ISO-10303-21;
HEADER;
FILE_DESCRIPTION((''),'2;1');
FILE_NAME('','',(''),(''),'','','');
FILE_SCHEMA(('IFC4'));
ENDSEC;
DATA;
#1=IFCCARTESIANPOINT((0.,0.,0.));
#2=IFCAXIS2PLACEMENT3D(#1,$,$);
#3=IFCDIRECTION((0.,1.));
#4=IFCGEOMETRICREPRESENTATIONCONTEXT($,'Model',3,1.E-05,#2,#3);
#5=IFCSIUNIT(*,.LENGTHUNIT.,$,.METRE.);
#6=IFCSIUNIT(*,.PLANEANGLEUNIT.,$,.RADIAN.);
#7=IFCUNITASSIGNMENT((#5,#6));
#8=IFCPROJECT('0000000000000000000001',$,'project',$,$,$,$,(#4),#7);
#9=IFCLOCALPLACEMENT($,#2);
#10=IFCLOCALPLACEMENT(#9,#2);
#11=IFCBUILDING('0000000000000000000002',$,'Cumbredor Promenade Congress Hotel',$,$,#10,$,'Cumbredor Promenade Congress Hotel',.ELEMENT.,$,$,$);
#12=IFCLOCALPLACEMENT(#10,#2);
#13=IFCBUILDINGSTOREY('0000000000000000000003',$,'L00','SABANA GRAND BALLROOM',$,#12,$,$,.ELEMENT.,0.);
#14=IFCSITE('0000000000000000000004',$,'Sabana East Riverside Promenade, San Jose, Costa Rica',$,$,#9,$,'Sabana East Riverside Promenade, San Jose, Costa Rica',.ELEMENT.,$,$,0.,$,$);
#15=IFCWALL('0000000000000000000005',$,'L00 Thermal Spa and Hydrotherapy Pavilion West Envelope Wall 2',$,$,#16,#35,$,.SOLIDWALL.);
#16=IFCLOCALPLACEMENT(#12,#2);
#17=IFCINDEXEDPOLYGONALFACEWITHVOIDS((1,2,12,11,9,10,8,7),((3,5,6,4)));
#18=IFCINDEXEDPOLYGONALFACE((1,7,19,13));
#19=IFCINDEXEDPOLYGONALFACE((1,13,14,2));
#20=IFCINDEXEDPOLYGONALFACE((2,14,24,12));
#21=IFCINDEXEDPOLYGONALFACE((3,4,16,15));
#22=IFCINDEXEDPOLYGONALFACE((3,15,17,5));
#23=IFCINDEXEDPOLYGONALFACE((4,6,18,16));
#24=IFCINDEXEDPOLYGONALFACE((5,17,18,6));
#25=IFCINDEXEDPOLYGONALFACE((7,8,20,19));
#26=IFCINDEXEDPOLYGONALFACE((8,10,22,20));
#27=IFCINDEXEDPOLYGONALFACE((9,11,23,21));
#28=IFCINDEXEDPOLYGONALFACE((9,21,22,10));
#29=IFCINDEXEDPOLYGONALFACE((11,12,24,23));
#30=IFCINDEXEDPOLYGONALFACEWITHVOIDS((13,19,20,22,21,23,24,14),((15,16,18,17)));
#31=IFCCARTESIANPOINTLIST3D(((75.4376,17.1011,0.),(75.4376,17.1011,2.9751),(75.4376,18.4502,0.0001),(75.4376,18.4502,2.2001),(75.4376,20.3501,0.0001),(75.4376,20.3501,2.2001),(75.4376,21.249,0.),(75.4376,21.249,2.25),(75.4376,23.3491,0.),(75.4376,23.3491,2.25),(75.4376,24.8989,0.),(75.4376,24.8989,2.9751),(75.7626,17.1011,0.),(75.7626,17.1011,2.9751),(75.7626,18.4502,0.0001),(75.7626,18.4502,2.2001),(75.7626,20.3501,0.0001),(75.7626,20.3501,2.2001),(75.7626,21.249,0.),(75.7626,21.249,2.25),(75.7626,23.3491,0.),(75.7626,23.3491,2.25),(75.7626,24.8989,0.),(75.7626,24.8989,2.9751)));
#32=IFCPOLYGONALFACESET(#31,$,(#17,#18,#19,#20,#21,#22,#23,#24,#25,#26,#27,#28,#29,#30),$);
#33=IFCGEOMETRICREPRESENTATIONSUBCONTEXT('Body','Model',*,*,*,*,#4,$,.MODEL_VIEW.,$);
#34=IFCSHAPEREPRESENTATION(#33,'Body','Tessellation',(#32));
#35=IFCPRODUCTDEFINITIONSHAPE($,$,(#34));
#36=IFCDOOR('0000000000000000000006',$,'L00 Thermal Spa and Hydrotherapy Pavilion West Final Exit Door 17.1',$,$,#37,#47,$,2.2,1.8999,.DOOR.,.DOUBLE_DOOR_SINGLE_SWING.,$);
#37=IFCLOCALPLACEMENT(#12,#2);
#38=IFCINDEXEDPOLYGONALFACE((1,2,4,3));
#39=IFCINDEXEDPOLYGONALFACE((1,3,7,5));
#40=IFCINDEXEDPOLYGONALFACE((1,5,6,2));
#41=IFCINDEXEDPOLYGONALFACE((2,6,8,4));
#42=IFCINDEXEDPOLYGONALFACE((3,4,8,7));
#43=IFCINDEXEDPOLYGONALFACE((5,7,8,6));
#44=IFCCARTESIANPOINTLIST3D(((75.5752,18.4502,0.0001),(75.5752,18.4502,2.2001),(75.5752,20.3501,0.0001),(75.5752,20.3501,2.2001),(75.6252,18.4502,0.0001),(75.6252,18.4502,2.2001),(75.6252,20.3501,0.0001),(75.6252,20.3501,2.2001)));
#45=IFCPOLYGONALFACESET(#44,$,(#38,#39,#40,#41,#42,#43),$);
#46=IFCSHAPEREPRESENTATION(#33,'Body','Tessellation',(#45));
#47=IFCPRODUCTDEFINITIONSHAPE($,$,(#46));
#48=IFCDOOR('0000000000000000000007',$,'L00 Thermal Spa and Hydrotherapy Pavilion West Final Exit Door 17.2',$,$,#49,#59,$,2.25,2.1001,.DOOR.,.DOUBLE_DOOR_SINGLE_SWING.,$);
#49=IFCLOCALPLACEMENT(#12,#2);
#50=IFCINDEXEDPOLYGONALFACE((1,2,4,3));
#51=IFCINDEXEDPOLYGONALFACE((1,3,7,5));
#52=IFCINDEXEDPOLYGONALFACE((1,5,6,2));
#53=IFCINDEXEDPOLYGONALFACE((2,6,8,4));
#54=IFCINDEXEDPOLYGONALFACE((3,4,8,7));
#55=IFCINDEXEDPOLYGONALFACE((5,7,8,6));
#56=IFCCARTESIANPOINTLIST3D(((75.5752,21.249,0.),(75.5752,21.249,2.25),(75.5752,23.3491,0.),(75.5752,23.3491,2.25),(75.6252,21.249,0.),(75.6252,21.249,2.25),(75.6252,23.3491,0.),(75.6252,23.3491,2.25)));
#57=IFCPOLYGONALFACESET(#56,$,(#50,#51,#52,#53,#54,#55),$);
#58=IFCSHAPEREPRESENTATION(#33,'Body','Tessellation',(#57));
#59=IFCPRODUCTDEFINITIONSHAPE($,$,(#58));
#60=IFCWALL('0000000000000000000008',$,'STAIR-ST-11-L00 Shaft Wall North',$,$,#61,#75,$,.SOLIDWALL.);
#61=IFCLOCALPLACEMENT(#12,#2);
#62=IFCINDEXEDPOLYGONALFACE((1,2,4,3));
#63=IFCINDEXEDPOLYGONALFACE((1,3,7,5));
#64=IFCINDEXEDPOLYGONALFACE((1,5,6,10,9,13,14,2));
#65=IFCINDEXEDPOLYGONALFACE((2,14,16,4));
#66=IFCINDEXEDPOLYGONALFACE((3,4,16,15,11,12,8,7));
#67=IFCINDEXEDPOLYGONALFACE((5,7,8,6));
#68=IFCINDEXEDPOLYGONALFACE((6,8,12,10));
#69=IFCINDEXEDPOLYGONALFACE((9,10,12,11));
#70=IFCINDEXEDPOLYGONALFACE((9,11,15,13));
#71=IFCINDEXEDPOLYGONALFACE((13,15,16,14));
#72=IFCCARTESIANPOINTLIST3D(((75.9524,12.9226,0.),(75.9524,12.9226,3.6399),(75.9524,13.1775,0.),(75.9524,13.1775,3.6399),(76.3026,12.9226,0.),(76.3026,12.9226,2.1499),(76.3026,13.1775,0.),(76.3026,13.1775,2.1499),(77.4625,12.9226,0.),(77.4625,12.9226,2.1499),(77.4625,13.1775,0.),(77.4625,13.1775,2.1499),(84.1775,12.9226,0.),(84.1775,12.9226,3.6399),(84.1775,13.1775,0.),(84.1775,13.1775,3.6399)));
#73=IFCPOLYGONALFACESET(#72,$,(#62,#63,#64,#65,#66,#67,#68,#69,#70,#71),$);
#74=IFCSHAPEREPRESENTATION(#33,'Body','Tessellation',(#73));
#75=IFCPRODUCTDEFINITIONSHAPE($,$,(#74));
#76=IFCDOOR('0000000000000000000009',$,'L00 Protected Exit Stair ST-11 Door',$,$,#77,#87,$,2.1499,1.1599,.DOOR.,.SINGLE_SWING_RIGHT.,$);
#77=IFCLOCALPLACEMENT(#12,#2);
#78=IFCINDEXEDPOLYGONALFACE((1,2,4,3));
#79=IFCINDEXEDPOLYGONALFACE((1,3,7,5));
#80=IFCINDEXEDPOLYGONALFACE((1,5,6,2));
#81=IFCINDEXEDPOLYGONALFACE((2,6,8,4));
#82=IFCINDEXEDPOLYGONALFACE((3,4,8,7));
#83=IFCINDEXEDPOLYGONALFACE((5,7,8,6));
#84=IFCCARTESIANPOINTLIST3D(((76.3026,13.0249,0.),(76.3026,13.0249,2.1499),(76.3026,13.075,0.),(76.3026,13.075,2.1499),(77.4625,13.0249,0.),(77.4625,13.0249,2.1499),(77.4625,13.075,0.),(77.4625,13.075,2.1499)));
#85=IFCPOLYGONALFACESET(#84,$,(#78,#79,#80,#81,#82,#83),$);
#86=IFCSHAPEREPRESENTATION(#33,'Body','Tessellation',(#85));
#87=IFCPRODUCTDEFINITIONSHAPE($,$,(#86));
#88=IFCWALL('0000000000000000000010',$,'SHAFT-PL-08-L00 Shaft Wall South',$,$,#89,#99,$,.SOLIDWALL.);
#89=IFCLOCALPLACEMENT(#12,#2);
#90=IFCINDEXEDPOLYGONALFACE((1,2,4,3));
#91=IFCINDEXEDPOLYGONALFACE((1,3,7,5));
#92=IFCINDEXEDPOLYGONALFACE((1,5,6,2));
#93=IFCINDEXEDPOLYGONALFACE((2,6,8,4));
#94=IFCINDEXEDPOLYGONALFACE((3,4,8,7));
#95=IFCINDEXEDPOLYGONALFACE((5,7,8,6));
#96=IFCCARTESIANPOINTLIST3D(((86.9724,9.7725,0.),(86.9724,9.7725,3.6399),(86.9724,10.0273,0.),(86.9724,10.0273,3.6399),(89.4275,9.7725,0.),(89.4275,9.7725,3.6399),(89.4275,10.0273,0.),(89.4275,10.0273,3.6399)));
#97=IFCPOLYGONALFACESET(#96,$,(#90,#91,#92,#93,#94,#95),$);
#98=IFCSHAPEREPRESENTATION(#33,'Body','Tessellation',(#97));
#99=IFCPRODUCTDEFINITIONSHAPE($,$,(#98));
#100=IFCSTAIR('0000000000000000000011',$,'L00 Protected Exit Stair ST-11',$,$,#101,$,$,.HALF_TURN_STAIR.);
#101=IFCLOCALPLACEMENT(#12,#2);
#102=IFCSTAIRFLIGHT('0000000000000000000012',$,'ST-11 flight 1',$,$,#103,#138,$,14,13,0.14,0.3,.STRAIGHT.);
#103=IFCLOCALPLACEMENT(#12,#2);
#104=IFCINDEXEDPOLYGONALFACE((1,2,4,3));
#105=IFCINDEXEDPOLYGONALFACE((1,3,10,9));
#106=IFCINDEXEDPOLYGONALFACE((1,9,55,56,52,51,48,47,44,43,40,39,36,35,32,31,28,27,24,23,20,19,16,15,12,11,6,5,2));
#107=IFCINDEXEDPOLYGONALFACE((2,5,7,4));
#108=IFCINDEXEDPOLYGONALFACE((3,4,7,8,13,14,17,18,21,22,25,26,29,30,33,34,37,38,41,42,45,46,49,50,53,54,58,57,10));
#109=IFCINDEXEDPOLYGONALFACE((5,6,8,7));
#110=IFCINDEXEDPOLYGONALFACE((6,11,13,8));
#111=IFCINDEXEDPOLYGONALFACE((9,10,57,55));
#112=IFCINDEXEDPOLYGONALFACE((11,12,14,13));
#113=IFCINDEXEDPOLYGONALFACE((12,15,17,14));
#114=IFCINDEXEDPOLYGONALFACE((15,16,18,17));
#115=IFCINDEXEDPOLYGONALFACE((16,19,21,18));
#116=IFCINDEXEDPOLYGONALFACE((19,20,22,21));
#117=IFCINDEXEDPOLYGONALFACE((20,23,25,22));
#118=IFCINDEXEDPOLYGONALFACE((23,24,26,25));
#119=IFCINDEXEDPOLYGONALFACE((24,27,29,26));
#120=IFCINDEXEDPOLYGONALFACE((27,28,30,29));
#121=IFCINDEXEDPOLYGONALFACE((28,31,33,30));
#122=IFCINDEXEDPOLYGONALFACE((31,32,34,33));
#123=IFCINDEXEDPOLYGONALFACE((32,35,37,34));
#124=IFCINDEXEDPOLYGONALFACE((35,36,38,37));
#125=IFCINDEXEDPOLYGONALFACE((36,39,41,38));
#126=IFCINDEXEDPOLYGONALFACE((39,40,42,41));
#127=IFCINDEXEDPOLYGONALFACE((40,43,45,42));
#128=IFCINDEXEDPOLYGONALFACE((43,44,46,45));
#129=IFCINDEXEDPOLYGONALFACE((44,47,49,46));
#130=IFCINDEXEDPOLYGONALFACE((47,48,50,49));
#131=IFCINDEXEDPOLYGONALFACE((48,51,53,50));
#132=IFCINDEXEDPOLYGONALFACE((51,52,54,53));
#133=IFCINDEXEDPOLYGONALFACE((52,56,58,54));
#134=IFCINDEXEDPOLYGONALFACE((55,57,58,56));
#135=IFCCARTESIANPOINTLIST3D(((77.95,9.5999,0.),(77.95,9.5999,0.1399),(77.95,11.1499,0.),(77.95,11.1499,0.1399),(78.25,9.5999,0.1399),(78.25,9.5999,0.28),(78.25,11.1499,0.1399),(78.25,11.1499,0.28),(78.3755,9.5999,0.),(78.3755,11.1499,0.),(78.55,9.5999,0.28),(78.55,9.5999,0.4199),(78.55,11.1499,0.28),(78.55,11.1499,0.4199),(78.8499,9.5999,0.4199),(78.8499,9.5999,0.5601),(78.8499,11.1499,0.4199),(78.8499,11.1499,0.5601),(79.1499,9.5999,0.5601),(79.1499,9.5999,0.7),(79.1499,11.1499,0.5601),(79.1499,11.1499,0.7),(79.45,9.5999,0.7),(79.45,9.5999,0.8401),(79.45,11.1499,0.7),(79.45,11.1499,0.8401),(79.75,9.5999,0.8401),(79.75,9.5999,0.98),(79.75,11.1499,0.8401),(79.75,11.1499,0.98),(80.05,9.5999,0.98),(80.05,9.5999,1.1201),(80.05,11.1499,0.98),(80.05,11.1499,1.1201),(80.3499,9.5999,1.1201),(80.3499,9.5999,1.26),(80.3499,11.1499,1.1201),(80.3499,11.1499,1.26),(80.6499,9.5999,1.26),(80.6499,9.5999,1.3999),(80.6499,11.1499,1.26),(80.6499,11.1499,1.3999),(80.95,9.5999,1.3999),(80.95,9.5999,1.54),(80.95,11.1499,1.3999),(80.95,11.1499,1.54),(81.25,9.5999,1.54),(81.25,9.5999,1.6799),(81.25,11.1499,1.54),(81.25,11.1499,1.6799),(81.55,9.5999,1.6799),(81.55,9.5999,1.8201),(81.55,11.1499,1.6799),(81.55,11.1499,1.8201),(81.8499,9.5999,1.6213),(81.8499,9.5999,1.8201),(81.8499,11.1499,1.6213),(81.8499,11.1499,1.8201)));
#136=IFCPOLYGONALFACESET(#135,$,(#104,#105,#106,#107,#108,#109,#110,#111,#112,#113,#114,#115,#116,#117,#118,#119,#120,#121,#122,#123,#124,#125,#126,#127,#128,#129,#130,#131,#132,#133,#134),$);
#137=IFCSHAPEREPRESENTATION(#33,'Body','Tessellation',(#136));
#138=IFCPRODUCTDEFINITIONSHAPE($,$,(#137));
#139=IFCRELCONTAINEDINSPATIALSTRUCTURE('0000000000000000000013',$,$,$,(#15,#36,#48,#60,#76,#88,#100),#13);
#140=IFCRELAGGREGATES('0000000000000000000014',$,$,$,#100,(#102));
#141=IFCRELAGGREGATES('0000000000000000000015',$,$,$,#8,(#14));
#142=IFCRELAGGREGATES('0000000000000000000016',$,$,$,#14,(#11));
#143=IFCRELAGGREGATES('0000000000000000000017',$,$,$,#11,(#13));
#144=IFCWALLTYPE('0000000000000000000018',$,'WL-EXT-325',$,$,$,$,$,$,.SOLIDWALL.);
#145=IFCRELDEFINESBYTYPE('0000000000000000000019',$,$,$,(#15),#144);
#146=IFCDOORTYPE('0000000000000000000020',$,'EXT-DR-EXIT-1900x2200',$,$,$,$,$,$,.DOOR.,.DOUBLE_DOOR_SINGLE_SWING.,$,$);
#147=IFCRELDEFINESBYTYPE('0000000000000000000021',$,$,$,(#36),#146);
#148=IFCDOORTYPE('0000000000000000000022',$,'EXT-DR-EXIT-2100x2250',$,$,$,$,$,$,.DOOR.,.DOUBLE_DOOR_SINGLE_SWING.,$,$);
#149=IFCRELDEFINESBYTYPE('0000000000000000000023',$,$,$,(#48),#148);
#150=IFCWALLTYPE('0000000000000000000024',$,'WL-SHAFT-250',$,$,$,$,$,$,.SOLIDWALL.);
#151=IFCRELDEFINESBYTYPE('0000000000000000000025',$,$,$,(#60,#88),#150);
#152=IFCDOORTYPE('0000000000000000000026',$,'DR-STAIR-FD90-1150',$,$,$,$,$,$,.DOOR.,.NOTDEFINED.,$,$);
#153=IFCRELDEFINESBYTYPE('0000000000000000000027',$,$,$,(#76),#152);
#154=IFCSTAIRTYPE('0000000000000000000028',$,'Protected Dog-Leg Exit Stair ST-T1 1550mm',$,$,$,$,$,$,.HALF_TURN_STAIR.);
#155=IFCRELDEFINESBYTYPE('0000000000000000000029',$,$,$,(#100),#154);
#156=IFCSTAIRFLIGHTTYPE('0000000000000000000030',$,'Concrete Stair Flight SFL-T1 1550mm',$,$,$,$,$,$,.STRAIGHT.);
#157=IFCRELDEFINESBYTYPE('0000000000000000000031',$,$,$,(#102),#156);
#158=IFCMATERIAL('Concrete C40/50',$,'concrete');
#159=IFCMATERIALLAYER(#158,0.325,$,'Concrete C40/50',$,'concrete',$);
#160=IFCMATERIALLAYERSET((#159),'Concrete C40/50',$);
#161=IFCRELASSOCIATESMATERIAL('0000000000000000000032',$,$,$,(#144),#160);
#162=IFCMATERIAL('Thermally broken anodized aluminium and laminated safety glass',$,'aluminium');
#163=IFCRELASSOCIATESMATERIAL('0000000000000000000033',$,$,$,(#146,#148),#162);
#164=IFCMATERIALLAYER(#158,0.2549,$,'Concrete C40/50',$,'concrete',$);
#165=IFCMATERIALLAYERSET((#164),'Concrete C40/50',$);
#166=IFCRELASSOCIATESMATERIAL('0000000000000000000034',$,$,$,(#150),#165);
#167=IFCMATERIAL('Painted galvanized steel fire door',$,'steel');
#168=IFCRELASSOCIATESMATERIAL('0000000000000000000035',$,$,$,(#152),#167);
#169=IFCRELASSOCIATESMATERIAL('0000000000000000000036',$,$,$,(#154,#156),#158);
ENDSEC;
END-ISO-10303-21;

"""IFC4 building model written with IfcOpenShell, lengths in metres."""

from ifc_helpers import new_model, si_unit, direction, frame, frame_2d, origin, place, context, subcontext, project, spatial, polyline, rectangle, outline, extrude, material, layer, layer_set, type_object, element, fill, aggregate, save


model = new_model("IFC4")

# Units and contexts
model_context = context("Model", 3, precision=1e-05, world=origin(), true_north=direction((0.0, 1.0)))
body_context = subcontext(model_context, "Body", "Model", "MODEL_VIEW")
ifc_project = project(units=[si_unit("LENGTHUNIT", "METRE"), si_unit("PLANEANGLEUNIT", "RADIAN")], contexts=[model_context])

# Site, building, storey
site_placement = place(None, origin())
site = spatial("IfcSite", under=ifc_project, at=site_placement, Name="Sabana East Riverside Promenade, San Jose, Costa Rica", LongName="Sabana East Riverside Promenade, San Jose, Costa Rica", CompositionType="ELEMENT", RefElevation=0.0)
building_placement = place(site_placement, origin())
building = spatial("IfcBuilding", under=site, at=building_placement, Name="Cumbredor Promenade Congress Hotel", LongName="Cumbredor Promenade Congress Hotel", CompositionType="ELEMENT")
storey_placement = place(building_placement, origin())
storey = spatial("IfcBuildingStorey", under=building, at=storey_placement, Name="L00", Description="SABANA GRAND BALLROOM", CompositionType="ELEMENT", Elevation=0.0)

# Shared definitions
ifc_material_1 = material(Name="Concrete C40/50", Category="concrete")

# Wall, openings, doors
ifc_layer_1 = layer(ifc_material_1, 0.325, Name="Concrete C40/50", Category="concrete")
ifc_layer_set_1 = layer_set([ifc_layer_1], Name="Concrete C40/50")
wall_type_1 = type_object("IfcWallType", Name="WL-EXT-325", PredefinedType="SOLIDWALL", material=ifc_layer_set_1)
wall_1_placement = place(storey_placement, frame((75.6001, 17.1011, 0.0), z_axis=(0.0, 0.0, 1.0), x_axis=(0.0, 1.0, 0.0)))
wall_1 = element("IfcWall", 1, at=wall_1_placement, inside=storey, type_object=wall_type_1, Name="L00 Thermal Spa and Hydrotherapy Pavilion West Envelope Wall 2", PredefinedType="SOLIDWALL", context=body_context, shape_type="SweptSolid", body=[
    extrude(rectangle(XDim=7.7979, YDim=0.325, at=frame_2d((3.8989, 0.0))), origin(), (0.0, 0.0, 1.0), 2.9751),
])
opening_1_placement = place(wall_1_placement, frame((1.3491, 0.0, 0.0)))
opening_1 = element("IfcOpeningElement", 2, at=opening_1_placement, cuts=wall_1, PredefinedType="OPENING", context=body_context, shape_type="SweptSolid", body=[
    extrude(rectangle(XDim=1.8999, YDim=2.2, at=frame_2d((0.95, 1.1001))), frame((0.0, 0.1724, 0.0), z_axis=(0.0, -1.0, 0.0), x_axis=(1.0, 0.0, 0.0)), (0.0, 0.0, 1.0), 0.345),
])
opening_2_placement = place(wall_1_placement, frame((4.1479, 0.0, 0.0)))
opening_2 = element("IfcOpeningElement", 3, at=opening_2_placement, cuts=wall_1, PredefinedType="OPENING", context=body_context, shape_type="SweptSolid", body=[
    extrude(rectangle(XDim=2.1001, YDim=2.25, at=frame_2d((1.05, 1.125))), frame((0.0, 0.1724, 0.0), z_axis=(0.0, -1.0, 0.0), x_axis=(1.0, 0.0, 0.0)), (0.0, 0.0, 1.0), 0.345),
])
ifc_material_2 = material(Name="Thermally broken anodized aluminium and laminated safety glass", Category="aluminium")
door_type_1 = type_object("IfcDoorType", Name="EXT-DR-EXIT-1900x2200", OperationType="DOUBLE_DOOR_SINGLE_SWING", PredefinedType="DOOR", material=ifc_material_2)
door_1_placement = place(opening_1_placement, origin())
door_1 = element("IfcDoor", 4, at=door_1_placement, inside=storey, type_object=door_type_1, Name="L00 Thermal Spa and Hydrotherapy Pavilion West Final Exit Door 17.1", OperationType="DOUBLE_DOOR_SINGLE_SWING", OverallHeight=2.2, OverallWidth=1.8999, PredefinedType="DOOR", context=body_context, shape_type="SweptSolid", body=[
    extrude(rectangle(XDim=1.8999, YDim=2.2, at=frame_2d((0.95, 1.1001))), frame((0.0, 0.0249, 0.0), z_axis=(0.0, -1.0, 0.0), x_axis=(1.0, 0.0, 0.0)), (0.0, 0.0, 1.0), 0.05),
])
fill(opening_1, door_1)
door_type_2 = type_object("IfcDoorType", Name="EXT-DR-EXIT-2100x2250", OperationType="DOUBLE_DOOR_SINGLE_SWING", PredefinedType="DOOR", material=ifc_material_2)
door_2_placement = place(opening_2_placement, origin())
door_2 = element("IfcDoor", 5, at=door_2_placement, inside=storey, type_object=door_type_2, Name="L00 Thermal Spa and Hydrotherapy Pavilion West Final Exit Door 17.2", OperationType="DOUBLE_DOOR_SINGLE_SWING", OverallHeight=2.25, OverallWidth=2.1001, PredefinedType="DOOR", context=body_context, shape_type="SweptSolid", body=[
    extrude(rectangle(XDim=2.1001, YDim=2.25, at=frame_2d((1.05, 1.125))), frame((0.0, 0.0249, 0.0), z_axis=(0.0, -1.0, 0.0), x_axis=(1.0, 0.0, 0.0)), (0.0, 0.0, 1.0), 0.05),
])
fill(opening_2, door_2)

# Wall, opening, door
ifc_layer_2 = layer(ifc_material_1, 0.2549, Name="Concrete C40/50", Category="concrete")
ifc_layer_set_2 = layer_set([ifc_layer_2], Name="Concrete C40/50")
wall_type_2 = type_object("IfcWallType", Name="WL-SHAFT-250", PredefinedType="SOLIDWALL", material=ifc_layer_set_2)
wall_2_placement = place(storey_placement, frame((75.9524, 13.05, 0.0), z_axis=(0.0, 0.0, 1.0), x_axis=(1.0, 0.0, 0.0)))
wall_2 = element("IfcWall", 6, at=wall_2_placement, inside=storey, type_object=wall_type_2, Name="STAIR-ST-11-L00 Shaft Wall North", PredefinedType="SOLIDWALL", context=body_context, shape_type="SweptSolid", body=[
    extrude(rectangle(XDim=8.2251, YDim=0.2549, at=frame_2d((4.1125, 0.0))), origin(), (0.0, 0.0, 1.0), 3.6399),
])
opening_3_placement = place(wall_2_placement, frame((0.3501, 0.0, 0.0)))
opening_3 = element("IfcOpeningElement", 7, at=opening_3_placement, cuts=wall_2, PredefinedType="OPENING", context=body_context, shape_type="SweptSolid", body=[
    extrude(rectangle(XDim=1.1599, YDim=2.1499, at=frame_2d((0.5801, 1.075))), frame((0.0, 0.1375, 0.0), z_axis=(0.0, -1.0, 0.0), x_axis=(1.0, 0.0, 0.0)), (0.0, 0.0, 1.0), 0.2749),
])
ifc_material_3 = material(Name="Painted galvanized steel fire door", Category="steel")
door_type_3 = type_object("IfcDoorType", Name="DR-STAIR-FD90-1150", OperationType="NOTDEFINED", PredefinedType="DOOR", material=ifc_material_3)
door_3_placement = place(opening_3_placement, origin())
door_3 = element("IfcDoor", 8, at=door_3_placement, inside=storey, type_object=door_type_3, Name="L00 Protected Exit Stair ST-11 Door", OperationType="SINGLE_SWING_RIGHT", OverallHeight=2.1499, OverallWidth=1.1599, PredefinedType="DOOR", context=body_context, shape_type="SweptSolid", body=[
    extrude(rectangle(XDim=1.1599, YDim=2.1499, at=frame_2d((0.5801, 1.075))), frame((0.0, 0.0249, 0.0), z_axis=(0.0, -1.0, 0.0), x_axis=(1.0, 0.0, 0.0)), (0.0, 0.0, 1.0), 0.05),
])
fill(opening_3, door_3)

# Wall
wall_3_placement = place(storey_placement, frame((86.9724, 9.8999, 0.0), z_axis=(0.0, 0.0, 1.0), x_axis=(1.0, 0.0, 0.0)))
element("IfcWall", 9, at=wall_3_placement, inside=storey, type_object=wall_type_2, Name="SHAFT-PL-08-L00 Shaft Wall South", PredefinedType="SOLIDWALL", context=body_context, shape_type="SweptSolid", body=[
    extrude(rectangle(XDim=2.4551, YDim=0.2549, at=frame_2d((1.2275, 0.0))), origin(), (0.0, 0.0, 1.0), 3.6399),
])

# Stair, stair flight
stair_type = type_object("IfcStairType", Name="Protected Dog-Leg Exit Stair ST-T1 1550mm", PredefinedType="HALF_TURN_STAIR", material=ifc_material_1)
stair_placement = place(storey_placement, origin())
stair = element("IfcStair", 10, at=stair_placement, inside=storey, type_object=stair_type, Name="L00 Protected Exit Stair ST-11", PredefinedType="HALF_TURN_STAIR")
stair_flight_type = type_object("IfcStairFlightType", Name="Concrete Stair Flight SFL-T1 1550mm", PredefinedType="STRAIGHT", material=ifc_material_1)
stair_flight_1_placement = place(storey_placement, frame((77.95, 10.375, 0.0), z_axis=(0.0, 0.0, 1.0), x_axis=(1.0, 0.0, 0.0)))
stair_flight_1 = element("IfcStairFlight", 11, at=stair_flight_1_placement, type_object=stair_flight_type, Name="ST-11 flight 1", NumberOfRisers=14, NumberOfTreads=13, PredefinedType="STRAIGHT", RiserHeight=0.14, TreadLength=0.3, context=body_context, shape_type="SweptSolid", body=[
    extrude(outline(polyline([(0.0, 0.0), (0.0, 0.1399), (0.3, 0.1399), (0.3, 0.28), (0.6001, 0.28), (0.6001, 0.4199), (0.8999, 0.4199), (0.8999, 0.5601), (1.2, 0.5601), (1.2, 0.7), (1.5, 0.7), (1.5, 0.8401), (1.8, 0.8401), (1.8, 0.98), (2.1001, 0.98), (2.1001, 1.1201), (2.3999, 1.1201), (2.3999, 1.26), (2.7, 1.26), (2.7, 1.3999), (3.0, 1.3999), (3.0, 1.54), (3.3, 1.54), (3.3, 1.6799), (3.6001, 1.6799), (3.6001, 1.8201), (3.8999, 1.8201), (3.8999, 1.96), (3.8999, 1.6213), (0.4255, 0.0), (0.0, 0.0)])), frame((0.0, 0.7749, 0.0), z_axis=(0.0, -1.0, 0.0), x_axis=(1.0, 0.0, 0.0)), (0.0, 0.0, 1.0), 1.55),
])
aggregate(stair, [stair_flight_1])

save(model, "model.ifc")
